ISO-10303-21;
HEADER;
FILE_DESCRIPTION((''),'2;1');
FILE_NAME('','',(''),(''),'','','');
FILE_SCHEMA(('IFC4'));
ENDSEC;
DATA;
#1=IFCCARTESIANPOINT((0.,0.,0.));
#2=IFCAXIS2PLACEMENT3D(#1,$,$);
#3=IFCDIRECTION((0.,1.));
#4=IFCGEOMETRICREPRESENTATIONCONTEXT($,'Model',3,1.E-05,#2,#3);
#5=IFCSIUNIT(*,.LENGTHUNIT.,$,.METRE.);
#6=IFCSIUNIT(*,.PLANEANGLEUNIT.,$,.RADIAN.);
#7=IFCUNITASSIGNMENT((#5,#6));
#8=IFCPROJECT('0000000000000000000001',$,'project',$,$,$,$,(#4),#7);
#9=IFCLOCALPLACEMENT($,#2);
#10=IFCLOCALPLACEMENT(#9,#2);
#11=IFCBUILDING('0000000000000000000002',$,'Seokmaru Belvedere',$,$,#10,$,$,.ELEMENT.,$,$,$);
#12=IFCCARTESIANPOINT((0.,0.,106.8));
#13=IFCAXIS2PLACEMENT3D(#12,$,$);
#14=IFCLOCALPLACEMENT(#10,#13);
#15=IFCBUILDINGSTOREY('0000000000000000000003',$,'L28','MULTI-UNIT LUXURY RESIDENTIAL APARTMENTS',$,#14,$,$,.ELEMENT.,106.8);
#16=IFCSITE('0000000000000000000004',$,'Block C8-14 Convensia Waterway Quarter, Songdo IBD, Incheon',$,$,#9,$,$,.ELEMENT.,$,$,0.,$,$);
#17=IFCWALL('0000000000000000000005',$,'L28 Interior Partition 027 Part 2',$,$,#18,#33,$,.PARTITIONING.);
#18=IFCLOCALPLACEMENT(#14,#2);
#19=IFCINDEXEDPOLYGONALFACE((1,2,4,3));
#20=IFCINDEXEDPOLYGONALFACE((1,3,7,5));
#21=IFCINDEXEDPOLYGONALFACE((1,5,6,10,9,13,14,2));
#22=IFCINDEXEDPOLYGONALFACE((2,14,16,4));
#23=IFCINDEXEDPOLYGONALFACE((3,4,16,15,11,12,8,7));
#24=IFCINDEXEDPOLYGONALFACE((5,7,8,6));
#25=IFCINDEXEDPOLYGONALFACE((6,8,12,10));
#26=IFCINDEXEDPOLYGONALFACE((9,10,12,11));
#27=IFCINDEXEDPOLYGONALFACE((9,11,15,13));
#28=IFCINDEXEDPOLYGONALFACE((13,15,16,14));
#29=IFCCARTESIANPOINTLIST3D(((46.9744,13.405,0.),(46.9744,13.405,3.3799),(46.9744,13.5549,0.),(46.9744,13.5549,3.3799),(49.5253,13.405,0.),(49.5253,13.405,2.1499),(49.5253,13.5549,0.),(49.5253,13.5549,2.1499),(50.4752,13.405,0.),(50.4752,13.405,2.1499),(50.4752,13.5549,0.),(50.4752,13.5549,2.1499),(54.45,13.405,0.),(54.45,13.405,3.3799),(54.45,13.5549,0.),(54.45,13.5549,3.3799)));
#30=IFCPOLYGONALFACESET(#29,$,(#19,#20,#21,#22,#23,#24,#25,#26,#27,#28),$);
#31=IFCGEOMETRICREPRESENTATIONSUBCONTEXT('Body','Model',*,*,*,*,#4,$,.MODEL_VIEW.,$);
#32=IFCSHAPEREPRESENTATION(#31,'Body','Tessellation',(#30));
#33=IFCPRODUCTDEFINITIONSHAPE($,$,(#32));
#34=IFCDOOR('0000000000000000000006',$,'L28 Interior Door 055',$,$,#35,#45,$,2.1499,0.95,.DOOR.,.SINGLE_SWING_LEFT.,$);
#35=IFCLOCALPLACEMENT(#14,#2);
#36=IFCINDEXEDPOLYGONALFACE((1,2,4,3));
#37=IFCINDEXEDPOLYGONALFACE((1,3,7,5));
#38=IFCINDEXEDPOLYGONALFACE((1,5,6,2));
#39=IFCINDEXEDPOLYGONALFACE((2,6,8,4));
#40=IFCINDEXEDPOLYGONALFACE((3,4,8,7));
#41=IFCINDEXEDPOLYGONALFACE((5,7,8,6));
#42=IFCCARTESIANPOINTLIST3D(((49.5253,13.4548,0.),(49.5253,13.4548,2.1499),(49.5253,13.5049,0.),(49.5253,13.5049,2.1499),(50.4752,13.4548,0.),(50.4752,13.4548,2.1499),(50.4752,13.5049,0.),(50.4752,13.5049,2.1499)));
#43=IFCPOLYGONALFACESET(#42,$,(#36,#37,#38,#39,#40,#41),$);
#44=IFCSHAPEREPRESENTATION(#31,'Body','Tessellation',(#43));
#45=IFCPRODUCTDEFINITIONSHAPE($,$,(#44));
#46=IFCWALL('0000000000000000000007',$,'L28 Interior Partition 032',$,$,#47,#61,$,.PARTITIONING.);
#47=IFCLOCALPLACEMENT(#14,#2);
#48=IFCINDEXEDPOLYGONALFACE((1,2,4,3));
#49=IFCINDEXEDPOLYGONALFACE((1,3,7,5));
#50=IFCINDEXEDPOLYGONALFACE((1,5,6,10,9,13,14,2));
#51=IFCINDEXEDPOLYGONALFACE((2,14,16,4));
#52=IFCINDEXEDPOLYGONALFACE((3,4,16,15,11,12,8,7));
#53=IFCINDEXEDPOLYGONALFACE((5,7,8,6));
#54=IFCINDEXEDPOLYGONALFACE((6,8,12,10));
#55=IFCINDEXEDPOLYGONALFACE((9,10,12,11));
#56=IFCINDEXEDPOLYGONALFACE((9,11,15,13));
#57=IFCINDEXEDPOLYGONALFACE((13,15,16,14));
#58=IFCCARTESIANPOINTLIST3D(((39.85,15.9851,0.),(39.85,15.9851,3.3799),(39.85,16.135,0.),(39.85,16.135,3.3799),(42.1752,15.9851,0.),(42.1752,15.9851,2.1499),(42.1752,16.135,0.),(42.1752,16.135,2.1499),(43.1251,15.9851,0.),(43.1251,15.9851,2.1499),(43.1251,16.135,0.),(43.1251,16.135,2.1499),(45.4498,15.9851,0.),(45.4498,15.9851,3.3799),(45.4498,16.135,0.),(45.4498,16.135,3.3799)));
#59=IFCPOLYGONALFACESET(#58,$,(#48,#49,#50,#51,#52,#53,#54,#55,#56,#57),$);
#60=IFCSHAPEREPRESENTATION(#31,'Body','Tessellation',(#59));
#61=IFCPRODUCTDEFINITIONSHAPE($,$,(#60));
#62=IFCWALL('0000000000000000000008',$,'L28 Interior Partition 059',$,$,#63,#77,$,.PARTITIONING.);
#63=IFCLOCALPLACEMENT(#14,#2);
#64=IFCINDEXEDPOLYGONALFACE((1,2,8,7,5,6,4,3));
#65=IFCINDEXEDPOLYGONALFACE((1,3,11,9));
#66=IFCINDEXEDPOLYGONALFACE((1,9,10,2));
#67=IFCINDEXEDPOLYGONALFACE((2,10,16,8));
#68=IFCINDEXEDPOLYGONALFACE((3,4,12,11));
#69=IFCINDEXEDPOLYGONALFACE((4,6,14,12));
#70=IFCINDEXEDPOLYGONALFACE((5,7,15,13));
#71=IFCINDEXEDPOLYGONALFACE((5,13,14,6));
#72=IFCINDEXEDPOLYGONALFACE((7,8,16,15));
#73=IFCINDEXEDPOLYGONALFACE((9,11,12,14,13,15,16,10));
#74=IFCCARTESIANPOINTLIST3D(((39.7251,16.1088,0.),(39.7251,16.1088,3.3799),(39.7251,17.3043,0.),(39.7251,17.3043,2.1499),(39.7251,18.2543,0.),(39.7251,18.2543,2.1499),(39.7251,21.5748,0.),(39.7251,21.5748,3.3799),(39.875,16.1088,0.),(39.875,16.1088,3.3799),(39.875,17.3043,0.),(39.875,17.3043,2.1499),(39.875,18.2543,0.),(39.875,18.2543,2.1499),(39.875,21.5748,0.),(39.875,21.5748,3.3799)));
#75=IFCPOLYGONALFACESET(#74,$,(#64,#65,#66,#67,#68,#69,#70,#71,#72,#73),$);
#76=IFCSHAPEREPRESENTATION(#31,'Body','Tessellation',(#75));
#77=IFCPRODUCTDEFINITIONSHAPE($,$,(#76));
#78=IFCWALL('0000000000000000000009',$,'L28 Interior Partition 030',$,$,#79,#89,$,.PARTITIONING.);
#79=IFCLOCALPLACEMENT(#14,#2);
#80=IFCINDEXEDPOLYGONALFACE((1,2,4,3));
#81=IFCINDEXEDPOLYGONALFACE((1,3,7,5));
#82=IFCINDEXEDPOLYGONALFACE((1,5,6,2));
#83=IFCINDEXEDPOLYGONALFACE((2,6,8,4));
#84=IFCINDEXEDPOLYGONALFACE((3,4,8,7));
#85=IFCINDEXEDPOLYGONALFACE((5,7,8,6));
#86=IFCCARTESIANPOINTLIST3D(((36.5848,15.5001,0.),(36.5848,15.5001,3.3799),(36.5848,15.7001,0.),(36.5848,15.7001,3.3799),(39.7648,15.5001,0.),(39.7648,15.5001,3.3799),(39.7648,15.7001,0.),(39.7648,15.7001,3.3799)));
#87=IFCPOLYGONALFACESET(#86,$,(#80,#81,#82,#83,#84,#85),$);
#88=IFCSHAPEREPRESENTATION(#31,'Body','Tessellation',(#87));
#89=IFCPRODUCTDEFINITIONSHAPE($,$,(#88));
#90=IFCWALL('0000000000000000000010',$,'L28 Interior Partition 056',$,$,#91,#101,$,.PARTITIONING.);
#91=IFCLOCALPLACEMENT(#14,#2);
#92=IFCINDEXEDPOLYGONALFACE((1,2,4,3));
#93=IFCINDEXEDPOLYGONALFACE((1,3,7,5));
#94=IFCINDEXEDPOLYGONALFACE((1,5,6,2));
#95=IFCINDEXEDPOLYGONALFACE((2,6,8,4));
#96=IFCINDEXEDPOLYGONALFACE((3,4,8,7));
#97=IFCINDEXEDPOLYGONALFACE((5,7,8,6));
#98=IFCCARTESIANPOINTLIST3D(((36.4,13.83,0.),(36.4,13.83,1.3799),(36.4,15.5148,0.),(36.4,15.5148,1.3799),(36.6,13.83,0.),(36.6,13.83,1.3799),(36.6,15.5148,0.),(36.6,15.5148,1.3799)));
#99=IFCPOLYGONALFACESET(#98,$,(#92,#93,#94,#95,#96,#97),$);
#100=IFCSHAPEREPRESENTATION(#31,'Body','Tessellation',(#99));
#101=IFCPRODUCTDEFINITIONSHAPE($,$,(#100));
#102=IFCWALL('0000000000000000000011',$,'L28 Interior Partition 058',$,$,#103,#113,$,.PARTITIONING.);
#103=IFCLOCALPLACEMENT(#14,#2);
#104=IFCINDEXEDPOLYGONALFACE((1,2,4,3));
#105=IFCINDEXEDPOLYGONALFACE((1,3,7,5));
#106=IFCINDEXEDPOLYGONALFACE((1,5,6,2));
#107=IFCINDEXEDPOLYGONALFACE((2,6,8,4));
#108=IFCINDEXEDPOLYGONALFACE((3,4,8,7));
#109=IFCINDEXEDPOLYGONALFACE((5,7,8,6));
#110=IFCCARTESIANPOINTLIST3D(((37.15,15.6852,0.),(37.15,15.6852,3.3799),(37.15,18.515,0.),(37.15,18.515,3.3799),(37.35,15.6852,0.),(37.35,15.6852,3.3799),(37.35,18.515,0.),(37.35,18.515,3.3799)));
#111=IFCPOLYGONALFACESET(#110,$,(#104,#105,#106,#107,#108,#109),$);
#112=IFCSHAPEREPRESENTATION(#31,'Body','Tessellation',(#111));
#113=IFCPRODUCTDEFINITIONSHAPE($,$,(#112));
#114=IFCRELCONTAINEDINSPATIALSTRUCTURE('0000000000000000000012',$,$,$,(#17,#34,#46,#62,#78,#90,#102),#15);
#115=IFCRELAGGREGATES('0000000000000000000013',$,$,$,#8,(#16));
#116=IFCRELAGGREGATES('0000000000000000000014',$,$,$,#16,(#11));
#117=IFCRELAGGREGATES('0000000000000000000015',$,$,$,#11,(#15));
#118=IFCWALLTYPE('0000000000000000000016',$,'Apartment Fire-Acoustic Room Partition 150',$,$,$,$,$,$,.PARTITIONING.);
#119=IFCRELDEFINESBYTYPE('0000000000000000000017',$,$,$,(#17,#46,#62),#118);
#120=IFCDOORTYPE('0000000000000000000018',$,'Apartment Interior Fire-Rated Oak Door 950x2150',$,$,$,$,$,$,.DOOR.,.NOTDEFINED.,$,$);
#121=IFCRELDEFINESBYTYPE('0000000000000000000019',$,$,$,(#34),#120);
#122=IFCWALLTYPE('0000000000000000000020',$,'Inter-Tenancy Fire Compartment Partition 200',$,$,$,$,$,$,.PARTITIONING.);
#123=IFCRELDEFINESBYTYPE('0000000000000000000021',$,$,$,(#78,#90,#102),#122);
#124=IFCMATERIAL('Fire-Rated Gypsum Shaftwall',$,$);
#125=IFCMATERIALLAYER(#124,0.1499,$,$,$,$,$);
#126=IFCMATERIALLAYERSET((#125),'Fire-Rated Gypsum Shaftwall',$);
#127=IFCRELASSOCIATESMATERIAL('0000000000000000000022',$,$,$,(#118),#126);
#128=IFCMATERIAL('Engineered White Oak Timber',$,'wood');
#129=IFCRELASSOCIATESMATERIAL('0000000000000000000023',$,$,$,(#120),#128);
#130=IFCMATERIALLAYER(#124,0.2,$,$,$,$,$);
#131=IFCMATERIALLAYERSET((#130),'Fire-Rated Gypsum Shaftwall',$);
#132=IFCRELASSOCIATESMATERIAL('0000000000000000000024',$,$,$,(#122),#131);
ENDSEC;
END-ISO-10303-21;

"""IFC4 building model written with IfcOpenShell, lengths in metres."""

from ifc_helpers import new_model, si_unit, direction, frame, frame_2d, origin, place, context, subcontext, project, spatial, rectangle, extrude, source, transform, mapped, material, layer, layer_set, type_object, type_shapes, element, fill, save


model = new_model("IFC4")

# Units and contexts
model_context = context("Model", 3, precision=1e-05, world=origin(), true_north=direction((0.0, 1.0)))
body_context = subcontext(model_context, "Body", "Model", "MODEL_VIEW")
ifc_project = project(units=[si_unit("LENGTHUNIT", "METRE"), si_unit("PLANEANGLEUNIT", "RADIAN")], contexts=[model_context])

# Site, building, storey
site_placement = place(None, origin())
site = spatial("IfcSite", under=ifc_project, at=site_placement, Name="Block C8-14 Convensia Waterway Quarter, Songdo IBD, Incheon", CompositionType="ELEMENT", RefElevation=0.0)
building_placement = place(site_placement, origin())
building = spatial("IfcBuilding", under=site, at=building_placement, Name="Seokmaru Belvedere", CompositionType="ELEMENT")
storey_placement = place(building_placement, frame((0.0, 0.0, 106.8)))
storey = spatial("IfcBuildingStorey", under=building, at=storey_placement, Name="L28", Description="MULTI-UNIT LUXURY RESIDENTIAL APARTMENTS", CompositionType="ELEMENT", Elevation=106.8)

# Shared definitions
ifc_material_1 = material(Name="Fire-Rated Gypsum Shaftwall")
ifc_layer_1 = layer(ifc_material_1, 0.1499)
ifc_layer_set_1 = layer_set([ifc_layer_1], Name="Fire-Rated Gypsum Shaftwall")
wall_type_1 = type_object("IfcWallType", Name="Apartment Fire-Acoustic Room Partition 150", PredefinedType="PARTITIONING", material=ifc_layer_set_1)

# Wall, opening, door
wall_1_placement = place(storey_placement, frame((46.9744, 13.48, 0.0), z_axis=(0.0, 0.0, 1.0), x_axis=(1.0, 0.0, 0.0)))
wall_1 = element("IfcWall", 1, at=wall_1_placement, inside=storey, type_object=wall_type_1, Name="L28 Interior Partition 027 Part 2", PredefinedType="PARTITIONING", context=body_context, shape_type="SweptSolid", body=[
    extrude(rectangle(XDim=7.4756, YDim=0.1499, at=frame_2d((3.7378, 0.0))), origin(), (0.0, 0.0, 1.0), 3.3799),
])
opening_1_placement = place(wall_1_placement, frame((2.5508, 0.0, 0.0)))
opening_1 = element("IfcOpeningElement", 2, at=opening_1_placement, cuts=wall_1, PredefinedType="OPENING", context=body_context, shape_type="SweptSolid", body=[
    extrude(rectangle(XDim=0.95, YDim=2.1499, at=frame_2d((0.4751, 1.075))), frame((0.0, 0.085, 0.0), z_axis=(0.0, -1.0, 0.0), x_axis=(1.0, 0.0, 0.0)), (0.0, 0.0, 1.0), 0.1699),
])
ifc_material_2 = material(Name="Engineered White Oak Timber", Category="wood")
door_type = type_object("IfcDoorType", Name="Apartment Interior Fire-Rated Oak Door 950x2150", OperationType="NOTDEFINED", PredefinedType="DOOR", material=ifc_material_2)
shared_shape_1 = source(origin(), body_context, "Body", "SweptSolid", [
    extrude(rectangle(XDim=0.95, YDim=2.1499, at=frame_2d((0.4751, 1.075))), frame((0.0, 0.0249, 0.0), z_axis=(0.0, -1.0, 0.0), x_axis=(1.0, 0.0, 0.0)), (0.0, 0.0, 1.0), 0.05),
])
type_shapes(door_type, [shared_shape_1])
door_placement = place(opening_1_placement, origin())
door = element("IfcDoor", 3, at=door_placement, inside=storey, type_object=door_type, Name="L28 Interior Door 055", OperationType="SINGLE_SWING_LEFT", OverallHeight=2.1499, OverallWidth=0.95, PredefinedType="DOOR", context=body_context, shape_type="MappedRepresentation", body=[
    mapped(shared_shape_1, transform((0.0, 0.0, 0.0), scale=1.0)),
])
fill(opening_1, door)

# Walls, openings
wall_2_placement = place(storey_placement, frame((39.8501, 16.0601, 0.0), z_axis=(0.0, 0.0, 1.0), x_axis=(1.0, 0.0, 0.0)))
wall_2 = element("IfcWall", 4, at=wall_2_placement, inside=storey, type_object=wall_type_1, Name="L28 Interior Partition 032", PredefinedType="PARTITIONING", context=body_context, shape_type="SweptSolid", body=[
    extrude(rectangle(XDim=5.5999, YDim=0.1499, at=frame_2d((2.7998, 0.0))), origin(), (0.0, 0.0, 1.0), 3.3799),
])
opening_2_placement = place(wall_2_placement, frame((2.325, 0.0, 0.0)))
element("IfcOpeningElement", 5, at=opening_2_placement, cuts=wall_2, PredefinedType="OPENING", context=body_context, shape_type="SweptSolid", body=[
    extrude(rectangle(XDim=0.95, YDim=2.1499, at=frame_2d((0.4751, 1.075))), frame((0.0, 0.085, 0.0), z_axis=(0.0, -1.0, 0.0), x_axis=(1.0, 0.0, 0.0)), (0.0, 0.0, 1.0), 0.1699),
])
wall_3_placement = place(storey_placement, frame((39.8, 16.1089, 0.0), z_axis=(0.0, 0.0, 1.0), x_axis=(0.0, 1.0, 0.0)))
wall_3 = element("IfcWall", 6, at=wall_3_placement, inside=storey, type_object=wall_type_1, Name="L28 Interior Partition 059", PredefinedType="PARTITIONING", context=body_context, shape_type="SweptSolid", body=[
    extrude(rectangle(XDim=5.4661, YDim=0.1499, at=frame_2d((2.7329, 0.0))), origin(), (0.0, 0.0, 1.0), 3.3799),
])
opening_3_placement = place(wall_3_placement, frame((1.1953, 0.0, 0.0)))
element("IfcOpeningElement", 7, at=opening_3_placement, cuts=wall_3, PredefinedType="OPENING", context=body_context, shape_type="SweptSolid", body=[
    extrude(rectangle(XDim=0.95, YDim=2.1499, at=frame_2d((0.4751, 1.075))), frame((0.0, 0.085, 0.0), z_axis=(0.0, -1.0, 0.0), x_axis=(1.0, 0.0, 0.0)), (0.0, 0.0, 1.0), 0.1699),
])

# Walls
ifc_layer_2 = layer(ifc_material_1, 0.2)
ifc_layer_set_2 = layer_set([ifc_layer_2], Name="Fire-Rated Gypsum Shaftwall")
wall_type_2 = type_object("IfcWallType", Name="Inter-Tenancy Fire Compartment Partition 200", PredefinedType="PARTITIONING", material=ifc_layer_set_2)
wall_4_placement = place(storey_placement, frame((36.585, 15.6001, 0.0), z_axis=(0.0, 0.0, 1.0), x_axis=(1.0, 0.0, 0.0)))
element("IfcWall", 8, at=wall_4_placement, inside=storey, type_object=wall_type_2, Name="L28 Interior Partition 030", PredefinedType="PARTITIONING", context=body_context, shape_type="SweptSolid", body=[
    extrude(rectangle(XDim=3.1799, YDim=0.2, at=frame_2d((1.5898, 0.0))), origin(), (0.0, 0.0, 1.0), 3.3799),
])
wall_5_placement = place(storey_placement, frame((36.5, 13.8301, 0.0), z_axis=(0.0, 0.0, 1.0), x_axis=(0.0, 1.0, 0.0)))
element("IfcWall", 9, at=wall_5_placement, inside=storey, type_object=wall_type_2, Name="L28 Interior Partition 056", PredefinedType="PARTITIONING", context=body_context, shape_type="SweptSolid", body=[
    extrude(rectangle(XDim=1.6848, YDim=0.2, at=frame_2d((0.8423, 0.0))), origin(), (0.0, 0.0, 1.0), 1.3799),
])
wall_6_placement = place(storey_placement, frame((37.25, 15.6851, 0.0), z_axis=(0.0, 0.0, 1.0), x_axis=(0.0, 1.0, 0.0)))
element("IfcWall", 10, at=wall_6_placement, inside=storey, type_object=wall_type_2, Name="L28 Interior Partition 058", PredefinedType="PARTITIONING", context=body_context, shape_type="SweptSolid", body=[
    extrude(rectangle(XDim=2.8298, YDim=0.2, at=frame_2d((1.415, 0.0))), origin(), (0.0, 0.0, 1.0), 3.3799),
])

save(model, "model.ifc")
